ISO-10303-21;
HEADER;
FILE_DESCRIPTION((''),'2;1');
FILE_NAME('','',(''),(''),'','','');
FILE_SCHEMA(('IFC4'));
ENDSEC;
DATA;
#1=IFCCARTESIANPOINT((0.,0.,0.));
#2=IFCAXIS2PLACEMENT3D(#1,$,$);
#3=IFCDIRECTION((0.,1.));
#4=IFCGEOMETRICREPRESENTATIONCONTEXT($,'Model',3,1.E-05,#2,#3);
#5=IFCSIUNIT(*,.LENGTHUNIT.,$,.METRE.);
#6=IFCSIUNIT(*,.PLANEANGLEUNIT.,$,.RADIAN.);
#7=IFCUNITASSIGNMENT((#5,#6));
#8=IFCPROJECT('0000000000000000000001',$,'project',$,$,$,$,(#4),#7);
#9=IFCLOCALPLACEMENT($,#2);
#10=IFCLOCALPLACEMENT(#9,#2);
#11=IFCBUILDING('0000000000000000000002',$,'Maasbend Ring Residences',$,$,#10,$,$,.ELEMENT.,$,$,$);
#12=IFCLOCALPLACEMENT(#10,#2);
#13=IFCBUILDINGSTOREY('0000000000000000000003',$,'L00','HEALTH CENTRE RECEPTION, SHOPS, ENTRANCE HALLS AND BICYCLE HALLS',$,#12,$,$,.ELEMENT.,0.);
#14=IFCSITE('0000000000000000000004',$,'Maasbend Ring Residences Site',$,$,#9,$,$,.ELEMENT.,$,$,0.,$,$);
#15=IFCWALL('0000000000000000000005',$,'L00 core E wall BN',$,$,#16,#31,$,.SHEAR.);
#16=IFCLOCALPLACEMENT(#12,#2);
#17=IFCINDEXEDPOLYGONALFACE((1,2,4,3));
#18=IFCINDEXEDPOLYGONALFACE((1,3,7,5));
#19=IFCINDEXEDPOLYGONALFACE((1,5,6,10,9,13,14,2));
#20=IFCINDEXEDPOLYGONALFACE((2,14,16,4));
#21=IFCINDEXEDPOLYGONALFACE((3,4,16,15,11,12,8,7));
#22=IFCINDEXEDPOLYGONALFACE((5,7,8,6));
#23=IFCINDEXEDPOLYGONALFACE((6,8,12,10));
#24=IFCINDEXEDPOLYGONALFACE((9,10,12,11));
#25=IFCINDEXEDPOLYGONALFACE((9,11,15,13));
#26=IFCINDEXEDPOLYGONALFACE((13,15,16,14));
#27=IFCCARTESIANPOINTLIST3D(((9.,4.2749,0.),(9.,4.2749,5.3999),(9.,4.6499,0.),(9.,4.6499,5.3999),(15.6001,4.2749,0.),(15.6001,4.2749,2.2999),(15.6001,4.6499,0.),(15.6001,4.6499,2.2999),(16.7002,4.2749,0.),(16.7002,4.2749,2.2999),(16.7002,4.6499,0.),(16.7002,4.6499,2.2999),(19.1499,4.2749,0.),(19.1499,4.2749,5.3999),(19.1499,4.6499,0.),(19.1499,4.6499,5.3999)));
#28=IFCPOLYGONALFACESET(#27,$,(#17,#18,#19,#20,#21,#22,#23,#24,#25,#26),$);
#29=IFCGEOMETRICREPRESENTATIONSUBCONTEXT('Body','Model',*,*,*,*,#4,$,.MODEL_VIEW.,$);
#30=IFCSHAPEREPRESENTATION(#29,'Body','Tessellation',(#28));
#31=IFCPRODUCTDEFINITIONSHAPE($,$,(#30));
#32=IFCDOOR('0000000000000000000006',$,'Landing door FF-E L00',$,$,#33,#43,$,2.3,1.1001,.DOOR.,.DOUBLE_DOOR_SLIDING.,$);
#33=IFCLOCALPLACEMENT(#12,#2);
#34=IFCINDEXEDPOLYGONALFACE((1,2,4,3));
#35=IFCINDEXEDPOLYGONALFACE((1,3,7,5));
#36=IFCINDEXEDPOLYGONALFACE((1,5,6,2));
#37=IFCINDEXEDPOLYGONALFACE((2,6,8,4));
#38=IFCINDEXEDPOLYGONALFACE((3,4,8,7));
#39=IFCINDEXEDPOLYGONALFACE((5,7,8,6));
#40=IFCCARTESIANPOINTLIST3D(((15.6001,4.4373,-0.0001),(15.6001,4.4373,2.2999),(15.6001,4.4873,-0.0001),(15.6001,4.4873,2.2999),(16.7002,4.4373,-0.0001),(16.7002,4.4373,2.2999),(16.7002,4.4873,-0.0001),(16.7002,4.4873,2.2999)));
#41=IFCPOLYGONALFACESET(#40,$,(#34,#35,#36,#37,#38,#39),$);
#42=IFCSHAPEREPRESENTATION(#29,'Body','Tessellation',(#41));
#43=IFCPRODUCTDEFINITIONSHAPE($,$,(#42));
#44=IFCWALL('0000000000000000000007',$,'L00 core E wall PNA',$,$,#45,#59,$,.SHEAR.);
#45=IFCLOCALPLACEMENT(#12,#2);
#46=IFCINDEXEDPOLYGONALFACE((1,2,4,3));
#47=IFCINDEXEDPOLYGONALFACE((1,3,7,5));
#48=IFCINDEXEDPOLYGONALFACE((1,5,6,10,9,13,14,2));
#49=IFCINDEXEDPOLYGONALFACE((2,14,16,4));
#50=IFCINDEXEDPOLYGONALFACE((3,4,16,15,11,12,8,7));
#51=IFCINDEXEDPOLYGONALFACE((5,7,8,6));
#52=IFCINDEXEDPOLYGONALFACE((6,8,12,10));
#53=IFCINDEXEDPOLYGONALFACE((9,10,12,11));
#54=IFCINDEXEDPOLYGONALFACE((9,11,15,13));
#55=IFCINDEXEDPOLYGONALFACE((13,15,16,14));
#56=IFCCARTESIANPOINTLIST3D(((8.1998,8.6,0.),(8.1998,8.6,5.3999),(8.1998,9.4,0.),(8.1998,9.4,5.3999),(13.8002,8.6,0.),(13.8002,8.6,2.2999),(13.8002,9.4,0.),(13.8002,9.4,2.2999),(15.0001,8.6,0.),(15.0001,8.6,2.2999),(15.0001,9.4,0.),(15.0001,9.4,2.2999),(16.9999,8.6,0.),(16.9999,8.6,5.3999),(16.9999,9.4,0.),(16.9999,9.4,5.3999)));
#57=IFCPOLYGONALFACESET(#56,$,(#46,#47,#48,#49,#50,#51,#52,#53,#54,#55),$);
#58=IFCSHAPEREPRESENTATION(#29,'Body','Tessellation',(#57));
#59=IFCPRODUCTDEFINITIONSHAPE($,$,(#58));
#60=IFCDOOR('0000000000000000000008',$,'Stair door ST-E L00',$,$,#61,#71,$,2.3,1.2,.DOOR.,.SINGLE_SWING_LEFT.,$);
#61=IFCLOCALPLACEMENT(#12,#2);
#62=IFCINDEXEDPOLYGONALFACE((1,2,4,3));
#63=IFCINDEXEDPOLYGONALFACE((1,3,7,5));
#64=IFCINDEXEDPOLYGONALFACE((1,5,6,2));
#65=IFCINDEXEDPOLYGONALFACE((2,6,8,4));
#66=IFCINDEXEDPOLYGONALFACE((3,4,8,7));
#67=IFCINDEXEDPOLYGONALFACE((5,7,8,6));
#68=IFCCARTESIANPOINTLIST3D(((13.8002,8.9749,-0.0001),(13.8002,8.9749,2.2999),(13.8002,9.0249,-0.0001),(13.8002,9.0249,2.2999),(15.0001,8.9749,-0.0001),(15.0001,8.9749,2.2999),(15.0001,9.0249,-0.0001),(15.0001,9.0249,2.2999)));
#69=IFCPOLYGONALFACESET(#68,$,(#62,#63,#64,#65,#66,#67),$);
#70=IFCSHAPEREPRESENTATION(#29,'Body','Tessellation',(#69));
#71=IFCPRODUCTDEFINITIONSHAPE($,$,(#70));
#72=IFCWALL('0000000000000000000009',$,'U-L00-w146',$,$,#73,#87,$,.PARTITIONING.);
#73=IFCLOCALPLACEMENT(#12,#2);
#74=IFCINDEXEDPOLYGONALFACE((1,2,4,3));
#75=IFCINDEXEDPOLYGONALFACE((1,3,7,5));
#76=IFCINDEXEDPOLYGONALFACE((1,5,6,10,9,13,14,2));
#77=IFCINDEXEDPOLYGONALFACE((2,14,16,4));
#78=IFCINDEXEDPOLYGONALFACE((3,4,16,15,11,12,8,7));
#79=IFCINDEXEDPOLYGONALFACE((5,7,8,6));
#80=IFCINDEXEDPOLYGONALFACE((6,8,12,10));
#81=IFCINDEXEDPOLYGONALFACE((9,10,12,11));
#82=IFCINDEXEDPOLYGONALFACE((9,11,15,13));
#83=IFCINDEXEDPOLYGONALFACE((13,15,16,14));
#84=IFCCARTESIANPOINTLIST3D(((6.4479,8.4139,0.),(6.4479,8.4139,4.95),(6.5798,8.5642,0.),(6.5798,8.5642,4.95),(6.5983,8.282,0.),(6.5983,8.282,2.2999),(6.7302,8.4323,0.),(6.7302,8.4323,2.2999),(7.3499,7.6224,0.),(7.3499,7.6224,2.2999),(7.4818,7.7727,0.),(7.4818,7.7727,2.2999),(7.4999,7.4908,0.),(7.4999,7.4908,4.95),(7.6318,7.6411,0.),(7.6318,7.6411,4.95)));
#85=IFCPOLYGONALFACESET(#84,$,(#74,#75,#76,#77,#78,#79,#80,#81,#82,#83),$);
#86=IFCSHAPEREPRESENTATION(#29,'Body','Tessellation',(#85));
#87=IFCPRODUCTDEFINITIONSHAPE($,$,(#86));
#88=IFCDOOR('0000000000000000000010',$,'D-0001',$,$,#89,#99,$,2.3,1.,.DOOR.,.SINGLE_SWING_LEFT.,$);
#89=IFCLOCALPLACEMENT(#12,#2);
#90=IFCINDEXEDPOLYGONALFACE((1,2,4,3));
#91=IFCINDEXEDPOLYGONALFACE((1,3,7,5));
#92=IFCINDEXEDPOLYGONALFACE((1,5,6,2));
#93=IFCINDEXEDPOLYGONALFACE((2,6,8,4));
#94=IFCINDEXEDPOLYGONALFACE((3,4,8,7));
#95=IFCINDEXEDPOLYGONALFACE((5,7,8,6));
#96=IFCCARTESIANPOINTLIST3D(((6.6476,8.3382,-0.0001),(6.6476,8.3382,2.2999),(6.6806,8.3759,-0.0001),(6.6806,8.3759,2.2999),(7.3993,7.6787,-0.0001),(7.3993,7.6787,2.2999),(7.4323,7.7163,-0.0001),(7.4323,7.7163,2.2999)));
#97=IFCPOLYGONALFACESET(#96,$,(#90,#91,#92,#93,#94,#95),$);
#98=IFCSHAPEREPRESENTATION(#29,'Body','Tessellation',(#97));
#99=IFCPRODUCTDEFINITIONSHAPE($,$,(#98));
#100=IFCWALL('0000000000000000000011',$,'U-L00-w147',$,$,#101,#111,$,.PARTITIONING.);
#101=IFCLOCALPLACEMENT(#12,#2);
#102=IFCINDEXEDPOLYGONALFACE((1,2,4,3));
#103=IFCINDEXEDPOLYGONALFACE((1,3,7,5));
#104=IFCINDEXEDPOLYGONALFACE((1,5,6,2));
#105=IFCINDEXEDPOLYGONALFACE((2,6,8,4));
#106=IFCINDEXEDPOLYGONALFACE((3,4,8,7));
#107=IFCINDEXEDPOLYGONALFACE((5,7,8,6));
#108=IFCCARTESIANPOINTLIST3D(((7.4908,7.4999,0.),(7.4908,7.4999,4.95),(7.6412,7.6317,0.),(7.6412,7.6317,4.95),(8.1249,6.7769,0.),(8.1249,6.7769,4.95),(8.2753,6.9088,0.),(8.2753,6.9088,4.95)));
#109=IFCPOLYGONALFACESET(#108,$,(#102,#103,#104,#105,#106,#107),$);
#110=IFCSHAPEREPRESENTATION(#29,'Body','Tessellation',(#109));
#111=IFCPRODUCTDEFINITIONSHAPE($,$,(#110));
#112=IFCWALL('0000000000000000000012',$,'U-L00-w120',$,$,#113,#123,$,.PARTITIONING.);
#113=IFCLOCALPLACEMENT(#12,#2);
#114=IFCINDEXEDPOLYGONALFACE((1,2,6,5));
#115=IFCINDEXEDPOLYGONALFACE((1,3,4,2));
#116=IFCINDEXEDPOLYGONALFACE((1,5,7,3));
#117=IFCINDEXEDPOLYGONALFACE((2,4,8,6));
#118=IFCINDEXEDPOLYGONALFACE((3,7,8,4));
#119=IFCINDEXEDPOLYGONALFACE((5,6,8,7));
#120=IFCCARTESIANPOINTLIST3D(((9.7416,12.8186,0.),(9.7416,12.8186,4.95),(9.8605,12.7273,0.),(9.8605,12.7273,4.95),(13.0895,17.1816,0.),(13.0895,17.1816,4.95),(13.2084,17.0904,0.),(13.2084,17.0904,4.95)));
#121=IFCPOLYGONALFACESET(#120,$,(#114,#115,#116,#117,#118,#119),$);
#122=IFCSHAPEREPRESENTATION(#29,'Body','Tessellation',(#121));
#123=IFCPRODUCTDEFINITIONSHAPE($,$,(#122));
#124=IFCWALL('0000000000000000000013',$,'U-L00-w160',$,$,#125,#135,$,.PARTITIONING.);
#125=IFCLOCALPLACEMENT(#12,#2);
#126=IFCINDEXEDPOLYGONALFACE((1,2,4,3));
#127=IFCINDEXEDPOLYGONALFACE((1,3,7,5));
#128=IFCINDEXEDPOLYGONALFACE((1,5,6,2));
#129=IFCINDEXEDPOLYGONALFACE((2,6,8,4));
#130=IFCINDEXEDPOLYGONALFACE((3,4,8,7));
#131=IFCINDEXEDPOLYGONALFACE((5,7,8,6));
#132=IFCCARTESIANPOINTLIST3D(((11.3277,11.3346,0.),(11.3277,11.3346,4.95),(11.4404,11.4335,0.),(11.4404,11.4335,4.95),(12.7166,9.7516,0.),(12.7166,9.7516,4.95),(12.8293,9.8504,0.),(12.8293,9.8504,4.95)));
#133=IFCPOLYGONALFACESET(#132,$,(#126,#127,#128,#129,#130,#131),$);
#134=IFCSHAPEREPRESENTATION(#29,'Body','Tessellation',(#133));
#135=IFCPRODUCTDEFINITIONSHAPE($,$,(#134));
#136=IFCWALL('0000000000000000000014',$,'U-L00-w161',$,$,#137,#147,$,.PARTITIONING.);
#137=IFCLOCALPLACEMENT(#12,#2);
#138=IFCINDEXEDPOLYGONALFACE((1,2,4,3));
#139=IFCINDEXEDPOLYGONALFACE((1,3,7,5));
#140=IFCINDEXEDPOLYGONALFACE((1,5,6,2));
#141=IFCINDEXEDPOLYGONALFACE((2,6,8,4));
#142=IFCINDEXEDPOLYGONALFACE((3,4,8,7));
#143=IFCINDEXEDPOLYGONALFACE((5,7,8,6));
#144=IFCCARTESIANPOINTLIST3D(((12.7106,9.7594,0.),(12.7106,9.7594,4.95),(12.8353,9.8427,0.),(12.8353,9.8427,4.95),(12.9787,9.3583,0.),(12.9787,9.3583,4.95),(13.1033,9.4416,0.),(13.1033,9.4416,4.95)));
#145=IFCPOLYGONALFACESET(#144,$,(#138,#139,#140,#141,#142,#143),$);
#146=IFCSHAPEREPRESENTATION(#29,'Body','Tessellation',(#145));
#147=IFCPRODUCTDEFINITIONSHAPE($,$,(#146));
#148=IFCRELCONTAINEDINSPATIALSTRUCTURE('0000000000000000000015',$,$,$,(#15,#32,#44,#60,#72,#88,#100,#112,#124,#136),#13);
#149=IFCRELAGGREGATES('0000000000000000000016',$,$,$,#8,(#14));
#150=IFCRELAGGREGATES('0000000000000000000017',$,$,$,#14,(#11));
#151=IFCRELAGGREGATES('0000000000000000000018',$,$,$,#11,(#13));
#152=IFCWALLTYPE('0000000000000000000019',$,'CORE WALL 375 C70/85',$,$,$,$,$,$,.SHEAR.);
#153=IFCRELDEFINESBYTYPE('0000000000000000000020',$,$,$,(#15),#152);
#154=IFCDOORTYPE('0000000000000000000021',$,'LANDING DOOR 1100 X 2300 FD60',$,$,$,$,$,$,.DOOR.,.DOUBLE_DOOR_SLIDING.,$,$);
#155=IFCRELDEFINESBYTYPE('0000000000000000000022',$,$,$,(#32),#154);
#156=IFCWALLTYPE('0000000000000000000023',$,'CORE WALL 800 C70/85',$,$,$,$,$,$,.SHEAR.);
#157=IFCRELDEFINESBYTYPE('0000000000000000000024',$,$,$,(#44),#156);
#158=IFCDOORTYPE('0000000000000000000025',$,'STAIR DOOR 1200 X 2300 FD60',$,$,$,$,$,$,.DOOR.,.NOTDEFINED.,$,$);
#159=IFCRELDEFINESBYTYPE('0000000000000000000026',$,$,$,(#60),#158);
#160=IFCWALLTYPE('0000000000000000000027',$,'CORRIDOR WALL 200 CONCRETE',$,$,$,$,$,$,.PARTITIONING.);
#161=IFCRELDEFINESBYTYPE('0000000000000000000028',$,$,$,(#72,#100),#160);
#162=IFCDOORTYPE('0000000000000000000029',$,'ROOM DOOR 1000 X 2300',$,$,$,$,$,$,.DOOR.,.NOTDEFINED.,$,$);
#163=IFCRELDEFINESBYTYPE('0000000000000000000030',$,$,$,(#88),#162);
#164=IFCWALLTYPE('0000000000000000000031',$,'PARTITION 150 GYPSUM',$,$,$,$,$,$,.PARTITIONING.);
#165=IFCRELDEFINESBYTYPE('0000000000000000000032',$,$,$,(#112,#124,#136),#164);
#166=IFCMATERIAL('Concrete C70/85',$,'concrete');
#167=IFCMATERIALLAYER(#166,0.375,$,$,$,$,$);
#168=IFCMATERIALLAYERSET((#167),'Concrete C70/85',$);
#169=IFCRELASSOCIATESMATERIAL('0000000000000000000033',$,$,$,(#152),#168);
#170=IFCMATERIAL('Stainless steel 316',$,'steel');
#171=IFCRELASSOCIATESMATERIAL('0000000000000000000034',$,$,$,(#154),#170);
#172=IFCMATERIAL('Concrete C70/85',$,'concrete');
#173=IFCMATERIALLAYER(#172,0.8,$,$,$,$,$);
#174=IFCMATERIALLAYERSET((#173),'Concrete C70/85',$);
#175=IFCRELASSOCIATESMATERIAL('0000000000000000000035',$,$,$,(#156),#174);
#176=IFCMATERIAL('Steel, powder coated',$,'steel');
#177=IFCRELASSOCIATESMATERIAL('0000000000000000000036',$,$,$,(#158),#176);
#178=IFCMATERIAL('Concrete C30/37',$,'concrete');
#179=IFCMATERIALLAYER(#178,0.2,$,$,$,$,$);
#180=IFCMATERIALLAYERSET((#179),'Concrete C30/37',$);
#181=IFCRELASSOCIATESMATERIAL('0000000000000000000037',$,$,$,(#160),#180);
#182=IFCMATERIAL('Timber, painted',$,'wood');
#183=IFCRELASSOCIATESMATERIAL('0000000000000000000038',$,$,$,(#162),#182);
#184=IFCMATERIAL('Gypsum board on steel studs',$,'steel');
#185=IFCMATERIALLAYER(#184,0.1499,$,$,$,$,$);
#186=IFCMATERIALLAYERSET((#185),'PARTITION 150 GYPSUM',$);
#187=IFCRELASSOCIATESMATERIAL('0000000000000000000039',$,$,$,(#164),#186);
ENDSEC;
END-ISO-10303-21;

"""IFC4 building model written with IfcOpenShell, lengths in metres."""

from ifc_helpers import new_model, si_unit, direction, frame, frame_2d, origin, place, context, subcontext, project, spatial, rectangle, extrude, material, layer, layer_set, type_object, element, fill, save


model = new_model("IFC4")

# Units and contexts
model_context = context("Model", 3, precision=1e-05, world=origin(), true_north=direction((0.0, 1.0)))
body_context = subcontext(model_context, "Body", "Model", "MODEL_VIEW")
ifc_project = project(units=[si_unit("LENGTHUNIT", "METRE"), si_unit("PLANEANGLEUNIT", "RADIAN")], contexts=[model_context])

# Site, building, storey
site_placement = place(None, origin())
site = spatial("IfcSite", under=ifc_project, at=site_placement, Name="Maasbend Ring Residences Site", CompositionType="ELEMENT", RefElevation=0.0)
building_placement = place(site_placement, origin())
building = spatial("IfcBuilding", under=site, at=building_placement, Name="Maasbend Ring Residences", CompositionType="ELEMENT")
storey_placement = place(building_placement, origin())
storey = spatial("IfcBuildingStorey", under=building, at=storey_placement, Name="L00", Description="HEALTH CENTRE RECEPTION, SHOPS, ENTRANCE HALLS AND BICYCLE HALLS", CompositionType="ELEMENT", Elevation=0.0)

# Walls, openings, doors
ifc_material_1 = material(Name="Concrete C70/85", Category="concrete")
ifc_layer_1 = layer(ifc_material_1, 0.375)
ifc_layer_set_1 = layer_set([ifc_layer_1], Name="Concrete C70/85")
wall_type_1 = type_object("IfcWallType", Name="CORE WALL 375 C70/85", PredefinedType="SHEAR", material=ifc_layer_set_1)
wall_1_placement = place(storey_placement, frame((9.0, 4.4624, 0.0), z_axis=(0.0, 0.0, 1.0), x_axis=(1.0, 0.0, 0.0)))
wall_1 = element("IfcWall", 1, at=wall_1_placement, inside=storey, type_object=wall_type_1, Name="L00 core E wall BN", PredefinedType="SHEAR", context=body_context, shape_type="SweptSolid", body=[
    extrude(rectangle(XDim=10.1499, YDim=0.375, at=frame_2d((5.075, 0.0))), origin(), (0.0, 0.0, 1.0), 5.3999),
])
opening_1_placement = place(wall_1_placement, frame((6.6001, 0.0, 0.0)))
opening_1 = element("IfcOpeningElement", 2, at=opening_1_placement, cuts=wall_1, PredefinedType="OPENING", context=body_context, shape_type="SweptSolid", body=[
    extrude(rectangle(XDim=1.1001, YDim=2.3, at=frame_2d((0.55, 1.1499))), frame((0.0, 0.1975, 0.0), z_axis=(0.0, -1.0, 0.0), x_axis=(1.0, 0.0, 0.0)), (0.0, 0.0, 1.0), 0.395),
])
ifc_material_2 = material(Name="Stainless steel 316", Category="steel")
door_type_1 = type_object("IfcDoorType", Name="LANDING DOOR 1100 X 2300 FD60", OperationType="DOUBLE_DOOR_SLIDING", PredefinedType="DOOR", material=ifc_material_2)
door_1_placement = place(opening_1_placement, origin())
door_1 = element("IfcDoor", 3, at=door_1_placement, inside=storey, type_object=door_type_1, Name="Landing door FF-E L00", OperationType="DOUBLE_DOOR_SLIDING", OverallHeight=2.3, OverallWidth=1.1001, PredefinedType="DOOR", context=body_context, shape_type="SweptSolid", body=[
    extrude(rectangle(XDim=1.1001, YDim=2.3, at=frame_2d((0.55, 1.1499))), frame((0.0, 0.0249, 0.0), z_axis=(0.0, -1.0, 0.0), x_axis=(1.0, 0.0, 0.0)), (0.0, 0.0, 1.0), 0.05),
])
fill(opening_1, door_1)
ifc_material_3 = material(Name="Concrete C70/85", Category="concrete")
ifc_layer_2 = layer(ifc_material_3, 0.8)
ifc_layer_set_2 = layer_set([ifc_layer_2], Name="Concrete C70/85")
wall_type_2 = type_object("IfcWallType", Name="CORE WALL 800 C70/85", PredefinedType="SHEAR", material=ifc_layer_set_2)
wall_2_placement = place(storey_placement, frame((8.2, 9.0, 0.0), z_axis=(0.0, 0.0, 1.0), x_axis=(1.0, 0.0, 0.0)))
wall_2 = element("IfcWall", 4, at=wall_2_placement, inside=storey, type_object=wall_type_2, Name="L00 core E wall PNA", PredefinedType="SHEAR", context=body_context, shape_type="SweptSolid", body=[
    extrude(rectangle(XDim=8.8, YDim=0.8, at=frame_2d((4.3999, 0.0))), origin(), (0.0, 0.0, 1.0), 5.3999),
])
opening_2_placement = place(wall_2_placement, frame((5.6001, 0.0, 0.0)))
opening_2 = element("IfcOpeningElement", 5, at=opening_2_placement, cuts=wall_2, PredefinedType="OPENING", context=body_context, shape_type="SweptSolid", body=[
    extrude(rectangle(XDim=1.2, YDim=2.3, at=frame_2d((0.6001, 1.1499))), frame((0.0, 0.4102, 0.0), z_axis=(0.0, -1.0, 0.0), x_axis=(1.0, 0.0, 0.0)), (0.0, 0.0, 1.0), 0.8201),
])
ifc_material_4 = material(Name="Steel, powder coated", Category="steel")
door_type_2 = type_object("IfcDoorType", Name="STAIR DOOR 1200 X 2300 FD60", OperationType="NOTDEFINED", PredefinedType="DOOR", material=ifc_material_4)
door_2_placement = place(opening_2_placement, origin())
door_2 = element("IfcDoor", 6, at=door_2_placement, inside=storey, type_object=door_type_2, Name="Stair door ST-E L00", OperationType="SINGLE_SWING_LEFT", OverallHeight=2.3, OverallWidth=1.2, PredefinedType="DOOR", context=body_context, shape_type="SweptSolid", body=[
    extrude(rectangle(XDim=1.2, YDim=2.3, at=frame_2d((0.6001, 1.1499))), frame((0.0, 0.0249, 0.0), z_axis=(0.0, -1.0, 0.0), x_axis=(1.0, 0.0, 0.0)), (0.0, 0.0, 1.0), 0.05),
])
fill(opening_2, door_2)
ifc_material_5 = material(Name="Concrete C30/37", Category="concrete")
ifc_layer_3 = layer(ifc_material_5, 0.2)
ifc_layer_set_3 = layer_set([ifc_layer_3], Name="Concrete C30/37")
wall_type_3 = type_object("IfcWallType", Name="CORRIDOR WALL 200 CONCRETE", PredefinedType="PARTITIONING", material=ifc_layer_set_3)
wall_3_placement = place(storey_placement, frame((6.5139, 8.489, 0.0), z_axis=(0.0, 0.0, 1.0), x_axis=(0.751657, -0.659554, 0.0)))
wall_3 = element("IfcWall", 7, at=wall_3_placement, inside=storey, type_object=wall_type_3, Name="U-L00-w146", PredefinedType="PARTITIONING", context=body_context, shape_type="SweptSolid", body=[
    extrude(rectangle(XDim=1.3997, YDim=0.2, at=frame_2d((0.6997, 0.0))), origin(), (0.0, 0.0, 1.0), 4.95),
])
opening_3_placement = place(wall_3_placement, frame((0.2, 0.0, 0.0)))
opening_3 = element("IfcOpeningElement", 8, at=opening_3_placement, cuts=wall_3, PredefinedType="OPENING", context=body_context, shape_type="SweptSolid", body=[
    extrude(rectangle(XDim=1.0, YDim=2.3, at=frame_2d((0.5, 1.1499))), frame((0.0, 0.1099, 0.0), z_axis=(0.0, -1.0, 0.0), x_axis=(1.0, 0.0, 0.0)), (0.0, 0.0, 1.0), 0.22),
])
ifc_material_6 = material(Name="Timber, painted", Category="wood")
door_type_3 = type_object("IfcDoorType", Name="ROOM DOOR 1000 X 2300", OperationType="NOTDEFINED", PredefinedType="DOOR", material=ifc_material_6)
door_3_placement = place(opening_3_placement, origin())
door_3 = element("IfcDoor", 9, at=door_3_placement, inside=storey, type_object=door_type_3, Name="D-0001", OperationType="SINGLE_SWING_LEFT", OverallHeight=2.3, OverallWidth=1.0, PredefinedType="DOOR", context=body_context, shape_type="SweptSolid", body=[
    extrude(rectangle(XDim=1.0, YDim=2.3, at=frame_2d((0.5, 1.1499))), frame((0.0, 0.0249, 0.0), z_axis=(0.0, -1.0, 0.0), x_axis=(1.0, 0.0, 0.0)), (0.0, 0.0, 1.0), 0.05),
])
fill(opening_3, door_3)

# Walls
wall_4_placement = place(storey_placement, frame((7.5659, 7.5659, 0.0), z_axis=(0.0, 0.0, 1.0), x_axis=(0.659385, -0.751805, 0.0)))
element("IfcWall", 10, at=wall_4_placement, inside=storey, type_object=wall_type_3, Name="U-L00-w147", PredefinedType="PARTITIONING", context=body_context, shape_type="SweptSolid", body=[
    extrude(rectangle(XDim=0.9617, YDim=0.2, at=frame_2d((0.481, 0.0))), origin(), (0.0, 0.0, 1.0), 4.95),
])
ifc_material_7 = material(Name="Gypsum board on steel studs", Category="steel")
ifc_layer_4 = layer(ifc_material_7, 0.1499)
ifc_layer_set_4 = layer_set([ifc_layer_4], Name="PARTITION 150 GYPSUM")
wall_type_4 = type_object("IfcWallType", Name="PARTITION 150 GYPSUM", PredefinedType="PARTITIONING", material=ifc_layer_set_4)
wall_5_placement = place(storey_placement, frame((9.801, 12.7729, 0.0), z_axis=(0.0, 0.0, 1.0), x_axis=(0.608764, 0.793351, 0.0)))
element("IfcWall", 11, at=wall_5_placement, inside=storey, type_object=wall_type_4, Name="U-L00-w120", PredefinedType="PARTITIONING", context=body_context, shape_type="SweptSolid", body=[
    extrude(rectangle(XDim=5.4995, YDim=0.1499, at=frame_2d((2.7498, 0.0))), origin(), (0.0, 0.0, 1.0), 4.95),
])
wall_6_placement = place(storey_placement, frame((11.384, 11.384, 0.0), z_axis=(0.0, 0.0, 1.0), x_axis=(0.659522, -0.751686, 0.0)))
element("IfcWall", 12, at=wall_6_placement, inside=storey, type_object=wall_type_4, Name="U-L00-w160", PredefinedType="PARTITIONING", context=body_context, shape_type="SweptSolid", body=[
    extrude(rectangle(XDim=2.106, YDim=0.1499, at=frame_2d((1.053, 0.0))), origin(), (0.0, 0.0, 1.0), 4.95),
])
wall_7_placement = place(storey_placement, frame((12.7729, 9.801, 0.0), z_axis=(0.0, 0.0, 1.0), x_axis=(0.555634, -0.831427, 0.0)))
element("IfcWall", 13, at=wall_7_placement, inside=storey, type_object=wall_type_4, Name="U-L00-w161", PredefinedType="PARTITIONING", context=body_context, shape_type="SweptSolid", body=[
    extrude(rectangle(XDim=0.4824, YDim=0.1499, at=frame_2d((0.2412, 0.0))), origin(), (0.0, 0.0, 1.0), 4.95),
])

save(model, "model.ifc")
